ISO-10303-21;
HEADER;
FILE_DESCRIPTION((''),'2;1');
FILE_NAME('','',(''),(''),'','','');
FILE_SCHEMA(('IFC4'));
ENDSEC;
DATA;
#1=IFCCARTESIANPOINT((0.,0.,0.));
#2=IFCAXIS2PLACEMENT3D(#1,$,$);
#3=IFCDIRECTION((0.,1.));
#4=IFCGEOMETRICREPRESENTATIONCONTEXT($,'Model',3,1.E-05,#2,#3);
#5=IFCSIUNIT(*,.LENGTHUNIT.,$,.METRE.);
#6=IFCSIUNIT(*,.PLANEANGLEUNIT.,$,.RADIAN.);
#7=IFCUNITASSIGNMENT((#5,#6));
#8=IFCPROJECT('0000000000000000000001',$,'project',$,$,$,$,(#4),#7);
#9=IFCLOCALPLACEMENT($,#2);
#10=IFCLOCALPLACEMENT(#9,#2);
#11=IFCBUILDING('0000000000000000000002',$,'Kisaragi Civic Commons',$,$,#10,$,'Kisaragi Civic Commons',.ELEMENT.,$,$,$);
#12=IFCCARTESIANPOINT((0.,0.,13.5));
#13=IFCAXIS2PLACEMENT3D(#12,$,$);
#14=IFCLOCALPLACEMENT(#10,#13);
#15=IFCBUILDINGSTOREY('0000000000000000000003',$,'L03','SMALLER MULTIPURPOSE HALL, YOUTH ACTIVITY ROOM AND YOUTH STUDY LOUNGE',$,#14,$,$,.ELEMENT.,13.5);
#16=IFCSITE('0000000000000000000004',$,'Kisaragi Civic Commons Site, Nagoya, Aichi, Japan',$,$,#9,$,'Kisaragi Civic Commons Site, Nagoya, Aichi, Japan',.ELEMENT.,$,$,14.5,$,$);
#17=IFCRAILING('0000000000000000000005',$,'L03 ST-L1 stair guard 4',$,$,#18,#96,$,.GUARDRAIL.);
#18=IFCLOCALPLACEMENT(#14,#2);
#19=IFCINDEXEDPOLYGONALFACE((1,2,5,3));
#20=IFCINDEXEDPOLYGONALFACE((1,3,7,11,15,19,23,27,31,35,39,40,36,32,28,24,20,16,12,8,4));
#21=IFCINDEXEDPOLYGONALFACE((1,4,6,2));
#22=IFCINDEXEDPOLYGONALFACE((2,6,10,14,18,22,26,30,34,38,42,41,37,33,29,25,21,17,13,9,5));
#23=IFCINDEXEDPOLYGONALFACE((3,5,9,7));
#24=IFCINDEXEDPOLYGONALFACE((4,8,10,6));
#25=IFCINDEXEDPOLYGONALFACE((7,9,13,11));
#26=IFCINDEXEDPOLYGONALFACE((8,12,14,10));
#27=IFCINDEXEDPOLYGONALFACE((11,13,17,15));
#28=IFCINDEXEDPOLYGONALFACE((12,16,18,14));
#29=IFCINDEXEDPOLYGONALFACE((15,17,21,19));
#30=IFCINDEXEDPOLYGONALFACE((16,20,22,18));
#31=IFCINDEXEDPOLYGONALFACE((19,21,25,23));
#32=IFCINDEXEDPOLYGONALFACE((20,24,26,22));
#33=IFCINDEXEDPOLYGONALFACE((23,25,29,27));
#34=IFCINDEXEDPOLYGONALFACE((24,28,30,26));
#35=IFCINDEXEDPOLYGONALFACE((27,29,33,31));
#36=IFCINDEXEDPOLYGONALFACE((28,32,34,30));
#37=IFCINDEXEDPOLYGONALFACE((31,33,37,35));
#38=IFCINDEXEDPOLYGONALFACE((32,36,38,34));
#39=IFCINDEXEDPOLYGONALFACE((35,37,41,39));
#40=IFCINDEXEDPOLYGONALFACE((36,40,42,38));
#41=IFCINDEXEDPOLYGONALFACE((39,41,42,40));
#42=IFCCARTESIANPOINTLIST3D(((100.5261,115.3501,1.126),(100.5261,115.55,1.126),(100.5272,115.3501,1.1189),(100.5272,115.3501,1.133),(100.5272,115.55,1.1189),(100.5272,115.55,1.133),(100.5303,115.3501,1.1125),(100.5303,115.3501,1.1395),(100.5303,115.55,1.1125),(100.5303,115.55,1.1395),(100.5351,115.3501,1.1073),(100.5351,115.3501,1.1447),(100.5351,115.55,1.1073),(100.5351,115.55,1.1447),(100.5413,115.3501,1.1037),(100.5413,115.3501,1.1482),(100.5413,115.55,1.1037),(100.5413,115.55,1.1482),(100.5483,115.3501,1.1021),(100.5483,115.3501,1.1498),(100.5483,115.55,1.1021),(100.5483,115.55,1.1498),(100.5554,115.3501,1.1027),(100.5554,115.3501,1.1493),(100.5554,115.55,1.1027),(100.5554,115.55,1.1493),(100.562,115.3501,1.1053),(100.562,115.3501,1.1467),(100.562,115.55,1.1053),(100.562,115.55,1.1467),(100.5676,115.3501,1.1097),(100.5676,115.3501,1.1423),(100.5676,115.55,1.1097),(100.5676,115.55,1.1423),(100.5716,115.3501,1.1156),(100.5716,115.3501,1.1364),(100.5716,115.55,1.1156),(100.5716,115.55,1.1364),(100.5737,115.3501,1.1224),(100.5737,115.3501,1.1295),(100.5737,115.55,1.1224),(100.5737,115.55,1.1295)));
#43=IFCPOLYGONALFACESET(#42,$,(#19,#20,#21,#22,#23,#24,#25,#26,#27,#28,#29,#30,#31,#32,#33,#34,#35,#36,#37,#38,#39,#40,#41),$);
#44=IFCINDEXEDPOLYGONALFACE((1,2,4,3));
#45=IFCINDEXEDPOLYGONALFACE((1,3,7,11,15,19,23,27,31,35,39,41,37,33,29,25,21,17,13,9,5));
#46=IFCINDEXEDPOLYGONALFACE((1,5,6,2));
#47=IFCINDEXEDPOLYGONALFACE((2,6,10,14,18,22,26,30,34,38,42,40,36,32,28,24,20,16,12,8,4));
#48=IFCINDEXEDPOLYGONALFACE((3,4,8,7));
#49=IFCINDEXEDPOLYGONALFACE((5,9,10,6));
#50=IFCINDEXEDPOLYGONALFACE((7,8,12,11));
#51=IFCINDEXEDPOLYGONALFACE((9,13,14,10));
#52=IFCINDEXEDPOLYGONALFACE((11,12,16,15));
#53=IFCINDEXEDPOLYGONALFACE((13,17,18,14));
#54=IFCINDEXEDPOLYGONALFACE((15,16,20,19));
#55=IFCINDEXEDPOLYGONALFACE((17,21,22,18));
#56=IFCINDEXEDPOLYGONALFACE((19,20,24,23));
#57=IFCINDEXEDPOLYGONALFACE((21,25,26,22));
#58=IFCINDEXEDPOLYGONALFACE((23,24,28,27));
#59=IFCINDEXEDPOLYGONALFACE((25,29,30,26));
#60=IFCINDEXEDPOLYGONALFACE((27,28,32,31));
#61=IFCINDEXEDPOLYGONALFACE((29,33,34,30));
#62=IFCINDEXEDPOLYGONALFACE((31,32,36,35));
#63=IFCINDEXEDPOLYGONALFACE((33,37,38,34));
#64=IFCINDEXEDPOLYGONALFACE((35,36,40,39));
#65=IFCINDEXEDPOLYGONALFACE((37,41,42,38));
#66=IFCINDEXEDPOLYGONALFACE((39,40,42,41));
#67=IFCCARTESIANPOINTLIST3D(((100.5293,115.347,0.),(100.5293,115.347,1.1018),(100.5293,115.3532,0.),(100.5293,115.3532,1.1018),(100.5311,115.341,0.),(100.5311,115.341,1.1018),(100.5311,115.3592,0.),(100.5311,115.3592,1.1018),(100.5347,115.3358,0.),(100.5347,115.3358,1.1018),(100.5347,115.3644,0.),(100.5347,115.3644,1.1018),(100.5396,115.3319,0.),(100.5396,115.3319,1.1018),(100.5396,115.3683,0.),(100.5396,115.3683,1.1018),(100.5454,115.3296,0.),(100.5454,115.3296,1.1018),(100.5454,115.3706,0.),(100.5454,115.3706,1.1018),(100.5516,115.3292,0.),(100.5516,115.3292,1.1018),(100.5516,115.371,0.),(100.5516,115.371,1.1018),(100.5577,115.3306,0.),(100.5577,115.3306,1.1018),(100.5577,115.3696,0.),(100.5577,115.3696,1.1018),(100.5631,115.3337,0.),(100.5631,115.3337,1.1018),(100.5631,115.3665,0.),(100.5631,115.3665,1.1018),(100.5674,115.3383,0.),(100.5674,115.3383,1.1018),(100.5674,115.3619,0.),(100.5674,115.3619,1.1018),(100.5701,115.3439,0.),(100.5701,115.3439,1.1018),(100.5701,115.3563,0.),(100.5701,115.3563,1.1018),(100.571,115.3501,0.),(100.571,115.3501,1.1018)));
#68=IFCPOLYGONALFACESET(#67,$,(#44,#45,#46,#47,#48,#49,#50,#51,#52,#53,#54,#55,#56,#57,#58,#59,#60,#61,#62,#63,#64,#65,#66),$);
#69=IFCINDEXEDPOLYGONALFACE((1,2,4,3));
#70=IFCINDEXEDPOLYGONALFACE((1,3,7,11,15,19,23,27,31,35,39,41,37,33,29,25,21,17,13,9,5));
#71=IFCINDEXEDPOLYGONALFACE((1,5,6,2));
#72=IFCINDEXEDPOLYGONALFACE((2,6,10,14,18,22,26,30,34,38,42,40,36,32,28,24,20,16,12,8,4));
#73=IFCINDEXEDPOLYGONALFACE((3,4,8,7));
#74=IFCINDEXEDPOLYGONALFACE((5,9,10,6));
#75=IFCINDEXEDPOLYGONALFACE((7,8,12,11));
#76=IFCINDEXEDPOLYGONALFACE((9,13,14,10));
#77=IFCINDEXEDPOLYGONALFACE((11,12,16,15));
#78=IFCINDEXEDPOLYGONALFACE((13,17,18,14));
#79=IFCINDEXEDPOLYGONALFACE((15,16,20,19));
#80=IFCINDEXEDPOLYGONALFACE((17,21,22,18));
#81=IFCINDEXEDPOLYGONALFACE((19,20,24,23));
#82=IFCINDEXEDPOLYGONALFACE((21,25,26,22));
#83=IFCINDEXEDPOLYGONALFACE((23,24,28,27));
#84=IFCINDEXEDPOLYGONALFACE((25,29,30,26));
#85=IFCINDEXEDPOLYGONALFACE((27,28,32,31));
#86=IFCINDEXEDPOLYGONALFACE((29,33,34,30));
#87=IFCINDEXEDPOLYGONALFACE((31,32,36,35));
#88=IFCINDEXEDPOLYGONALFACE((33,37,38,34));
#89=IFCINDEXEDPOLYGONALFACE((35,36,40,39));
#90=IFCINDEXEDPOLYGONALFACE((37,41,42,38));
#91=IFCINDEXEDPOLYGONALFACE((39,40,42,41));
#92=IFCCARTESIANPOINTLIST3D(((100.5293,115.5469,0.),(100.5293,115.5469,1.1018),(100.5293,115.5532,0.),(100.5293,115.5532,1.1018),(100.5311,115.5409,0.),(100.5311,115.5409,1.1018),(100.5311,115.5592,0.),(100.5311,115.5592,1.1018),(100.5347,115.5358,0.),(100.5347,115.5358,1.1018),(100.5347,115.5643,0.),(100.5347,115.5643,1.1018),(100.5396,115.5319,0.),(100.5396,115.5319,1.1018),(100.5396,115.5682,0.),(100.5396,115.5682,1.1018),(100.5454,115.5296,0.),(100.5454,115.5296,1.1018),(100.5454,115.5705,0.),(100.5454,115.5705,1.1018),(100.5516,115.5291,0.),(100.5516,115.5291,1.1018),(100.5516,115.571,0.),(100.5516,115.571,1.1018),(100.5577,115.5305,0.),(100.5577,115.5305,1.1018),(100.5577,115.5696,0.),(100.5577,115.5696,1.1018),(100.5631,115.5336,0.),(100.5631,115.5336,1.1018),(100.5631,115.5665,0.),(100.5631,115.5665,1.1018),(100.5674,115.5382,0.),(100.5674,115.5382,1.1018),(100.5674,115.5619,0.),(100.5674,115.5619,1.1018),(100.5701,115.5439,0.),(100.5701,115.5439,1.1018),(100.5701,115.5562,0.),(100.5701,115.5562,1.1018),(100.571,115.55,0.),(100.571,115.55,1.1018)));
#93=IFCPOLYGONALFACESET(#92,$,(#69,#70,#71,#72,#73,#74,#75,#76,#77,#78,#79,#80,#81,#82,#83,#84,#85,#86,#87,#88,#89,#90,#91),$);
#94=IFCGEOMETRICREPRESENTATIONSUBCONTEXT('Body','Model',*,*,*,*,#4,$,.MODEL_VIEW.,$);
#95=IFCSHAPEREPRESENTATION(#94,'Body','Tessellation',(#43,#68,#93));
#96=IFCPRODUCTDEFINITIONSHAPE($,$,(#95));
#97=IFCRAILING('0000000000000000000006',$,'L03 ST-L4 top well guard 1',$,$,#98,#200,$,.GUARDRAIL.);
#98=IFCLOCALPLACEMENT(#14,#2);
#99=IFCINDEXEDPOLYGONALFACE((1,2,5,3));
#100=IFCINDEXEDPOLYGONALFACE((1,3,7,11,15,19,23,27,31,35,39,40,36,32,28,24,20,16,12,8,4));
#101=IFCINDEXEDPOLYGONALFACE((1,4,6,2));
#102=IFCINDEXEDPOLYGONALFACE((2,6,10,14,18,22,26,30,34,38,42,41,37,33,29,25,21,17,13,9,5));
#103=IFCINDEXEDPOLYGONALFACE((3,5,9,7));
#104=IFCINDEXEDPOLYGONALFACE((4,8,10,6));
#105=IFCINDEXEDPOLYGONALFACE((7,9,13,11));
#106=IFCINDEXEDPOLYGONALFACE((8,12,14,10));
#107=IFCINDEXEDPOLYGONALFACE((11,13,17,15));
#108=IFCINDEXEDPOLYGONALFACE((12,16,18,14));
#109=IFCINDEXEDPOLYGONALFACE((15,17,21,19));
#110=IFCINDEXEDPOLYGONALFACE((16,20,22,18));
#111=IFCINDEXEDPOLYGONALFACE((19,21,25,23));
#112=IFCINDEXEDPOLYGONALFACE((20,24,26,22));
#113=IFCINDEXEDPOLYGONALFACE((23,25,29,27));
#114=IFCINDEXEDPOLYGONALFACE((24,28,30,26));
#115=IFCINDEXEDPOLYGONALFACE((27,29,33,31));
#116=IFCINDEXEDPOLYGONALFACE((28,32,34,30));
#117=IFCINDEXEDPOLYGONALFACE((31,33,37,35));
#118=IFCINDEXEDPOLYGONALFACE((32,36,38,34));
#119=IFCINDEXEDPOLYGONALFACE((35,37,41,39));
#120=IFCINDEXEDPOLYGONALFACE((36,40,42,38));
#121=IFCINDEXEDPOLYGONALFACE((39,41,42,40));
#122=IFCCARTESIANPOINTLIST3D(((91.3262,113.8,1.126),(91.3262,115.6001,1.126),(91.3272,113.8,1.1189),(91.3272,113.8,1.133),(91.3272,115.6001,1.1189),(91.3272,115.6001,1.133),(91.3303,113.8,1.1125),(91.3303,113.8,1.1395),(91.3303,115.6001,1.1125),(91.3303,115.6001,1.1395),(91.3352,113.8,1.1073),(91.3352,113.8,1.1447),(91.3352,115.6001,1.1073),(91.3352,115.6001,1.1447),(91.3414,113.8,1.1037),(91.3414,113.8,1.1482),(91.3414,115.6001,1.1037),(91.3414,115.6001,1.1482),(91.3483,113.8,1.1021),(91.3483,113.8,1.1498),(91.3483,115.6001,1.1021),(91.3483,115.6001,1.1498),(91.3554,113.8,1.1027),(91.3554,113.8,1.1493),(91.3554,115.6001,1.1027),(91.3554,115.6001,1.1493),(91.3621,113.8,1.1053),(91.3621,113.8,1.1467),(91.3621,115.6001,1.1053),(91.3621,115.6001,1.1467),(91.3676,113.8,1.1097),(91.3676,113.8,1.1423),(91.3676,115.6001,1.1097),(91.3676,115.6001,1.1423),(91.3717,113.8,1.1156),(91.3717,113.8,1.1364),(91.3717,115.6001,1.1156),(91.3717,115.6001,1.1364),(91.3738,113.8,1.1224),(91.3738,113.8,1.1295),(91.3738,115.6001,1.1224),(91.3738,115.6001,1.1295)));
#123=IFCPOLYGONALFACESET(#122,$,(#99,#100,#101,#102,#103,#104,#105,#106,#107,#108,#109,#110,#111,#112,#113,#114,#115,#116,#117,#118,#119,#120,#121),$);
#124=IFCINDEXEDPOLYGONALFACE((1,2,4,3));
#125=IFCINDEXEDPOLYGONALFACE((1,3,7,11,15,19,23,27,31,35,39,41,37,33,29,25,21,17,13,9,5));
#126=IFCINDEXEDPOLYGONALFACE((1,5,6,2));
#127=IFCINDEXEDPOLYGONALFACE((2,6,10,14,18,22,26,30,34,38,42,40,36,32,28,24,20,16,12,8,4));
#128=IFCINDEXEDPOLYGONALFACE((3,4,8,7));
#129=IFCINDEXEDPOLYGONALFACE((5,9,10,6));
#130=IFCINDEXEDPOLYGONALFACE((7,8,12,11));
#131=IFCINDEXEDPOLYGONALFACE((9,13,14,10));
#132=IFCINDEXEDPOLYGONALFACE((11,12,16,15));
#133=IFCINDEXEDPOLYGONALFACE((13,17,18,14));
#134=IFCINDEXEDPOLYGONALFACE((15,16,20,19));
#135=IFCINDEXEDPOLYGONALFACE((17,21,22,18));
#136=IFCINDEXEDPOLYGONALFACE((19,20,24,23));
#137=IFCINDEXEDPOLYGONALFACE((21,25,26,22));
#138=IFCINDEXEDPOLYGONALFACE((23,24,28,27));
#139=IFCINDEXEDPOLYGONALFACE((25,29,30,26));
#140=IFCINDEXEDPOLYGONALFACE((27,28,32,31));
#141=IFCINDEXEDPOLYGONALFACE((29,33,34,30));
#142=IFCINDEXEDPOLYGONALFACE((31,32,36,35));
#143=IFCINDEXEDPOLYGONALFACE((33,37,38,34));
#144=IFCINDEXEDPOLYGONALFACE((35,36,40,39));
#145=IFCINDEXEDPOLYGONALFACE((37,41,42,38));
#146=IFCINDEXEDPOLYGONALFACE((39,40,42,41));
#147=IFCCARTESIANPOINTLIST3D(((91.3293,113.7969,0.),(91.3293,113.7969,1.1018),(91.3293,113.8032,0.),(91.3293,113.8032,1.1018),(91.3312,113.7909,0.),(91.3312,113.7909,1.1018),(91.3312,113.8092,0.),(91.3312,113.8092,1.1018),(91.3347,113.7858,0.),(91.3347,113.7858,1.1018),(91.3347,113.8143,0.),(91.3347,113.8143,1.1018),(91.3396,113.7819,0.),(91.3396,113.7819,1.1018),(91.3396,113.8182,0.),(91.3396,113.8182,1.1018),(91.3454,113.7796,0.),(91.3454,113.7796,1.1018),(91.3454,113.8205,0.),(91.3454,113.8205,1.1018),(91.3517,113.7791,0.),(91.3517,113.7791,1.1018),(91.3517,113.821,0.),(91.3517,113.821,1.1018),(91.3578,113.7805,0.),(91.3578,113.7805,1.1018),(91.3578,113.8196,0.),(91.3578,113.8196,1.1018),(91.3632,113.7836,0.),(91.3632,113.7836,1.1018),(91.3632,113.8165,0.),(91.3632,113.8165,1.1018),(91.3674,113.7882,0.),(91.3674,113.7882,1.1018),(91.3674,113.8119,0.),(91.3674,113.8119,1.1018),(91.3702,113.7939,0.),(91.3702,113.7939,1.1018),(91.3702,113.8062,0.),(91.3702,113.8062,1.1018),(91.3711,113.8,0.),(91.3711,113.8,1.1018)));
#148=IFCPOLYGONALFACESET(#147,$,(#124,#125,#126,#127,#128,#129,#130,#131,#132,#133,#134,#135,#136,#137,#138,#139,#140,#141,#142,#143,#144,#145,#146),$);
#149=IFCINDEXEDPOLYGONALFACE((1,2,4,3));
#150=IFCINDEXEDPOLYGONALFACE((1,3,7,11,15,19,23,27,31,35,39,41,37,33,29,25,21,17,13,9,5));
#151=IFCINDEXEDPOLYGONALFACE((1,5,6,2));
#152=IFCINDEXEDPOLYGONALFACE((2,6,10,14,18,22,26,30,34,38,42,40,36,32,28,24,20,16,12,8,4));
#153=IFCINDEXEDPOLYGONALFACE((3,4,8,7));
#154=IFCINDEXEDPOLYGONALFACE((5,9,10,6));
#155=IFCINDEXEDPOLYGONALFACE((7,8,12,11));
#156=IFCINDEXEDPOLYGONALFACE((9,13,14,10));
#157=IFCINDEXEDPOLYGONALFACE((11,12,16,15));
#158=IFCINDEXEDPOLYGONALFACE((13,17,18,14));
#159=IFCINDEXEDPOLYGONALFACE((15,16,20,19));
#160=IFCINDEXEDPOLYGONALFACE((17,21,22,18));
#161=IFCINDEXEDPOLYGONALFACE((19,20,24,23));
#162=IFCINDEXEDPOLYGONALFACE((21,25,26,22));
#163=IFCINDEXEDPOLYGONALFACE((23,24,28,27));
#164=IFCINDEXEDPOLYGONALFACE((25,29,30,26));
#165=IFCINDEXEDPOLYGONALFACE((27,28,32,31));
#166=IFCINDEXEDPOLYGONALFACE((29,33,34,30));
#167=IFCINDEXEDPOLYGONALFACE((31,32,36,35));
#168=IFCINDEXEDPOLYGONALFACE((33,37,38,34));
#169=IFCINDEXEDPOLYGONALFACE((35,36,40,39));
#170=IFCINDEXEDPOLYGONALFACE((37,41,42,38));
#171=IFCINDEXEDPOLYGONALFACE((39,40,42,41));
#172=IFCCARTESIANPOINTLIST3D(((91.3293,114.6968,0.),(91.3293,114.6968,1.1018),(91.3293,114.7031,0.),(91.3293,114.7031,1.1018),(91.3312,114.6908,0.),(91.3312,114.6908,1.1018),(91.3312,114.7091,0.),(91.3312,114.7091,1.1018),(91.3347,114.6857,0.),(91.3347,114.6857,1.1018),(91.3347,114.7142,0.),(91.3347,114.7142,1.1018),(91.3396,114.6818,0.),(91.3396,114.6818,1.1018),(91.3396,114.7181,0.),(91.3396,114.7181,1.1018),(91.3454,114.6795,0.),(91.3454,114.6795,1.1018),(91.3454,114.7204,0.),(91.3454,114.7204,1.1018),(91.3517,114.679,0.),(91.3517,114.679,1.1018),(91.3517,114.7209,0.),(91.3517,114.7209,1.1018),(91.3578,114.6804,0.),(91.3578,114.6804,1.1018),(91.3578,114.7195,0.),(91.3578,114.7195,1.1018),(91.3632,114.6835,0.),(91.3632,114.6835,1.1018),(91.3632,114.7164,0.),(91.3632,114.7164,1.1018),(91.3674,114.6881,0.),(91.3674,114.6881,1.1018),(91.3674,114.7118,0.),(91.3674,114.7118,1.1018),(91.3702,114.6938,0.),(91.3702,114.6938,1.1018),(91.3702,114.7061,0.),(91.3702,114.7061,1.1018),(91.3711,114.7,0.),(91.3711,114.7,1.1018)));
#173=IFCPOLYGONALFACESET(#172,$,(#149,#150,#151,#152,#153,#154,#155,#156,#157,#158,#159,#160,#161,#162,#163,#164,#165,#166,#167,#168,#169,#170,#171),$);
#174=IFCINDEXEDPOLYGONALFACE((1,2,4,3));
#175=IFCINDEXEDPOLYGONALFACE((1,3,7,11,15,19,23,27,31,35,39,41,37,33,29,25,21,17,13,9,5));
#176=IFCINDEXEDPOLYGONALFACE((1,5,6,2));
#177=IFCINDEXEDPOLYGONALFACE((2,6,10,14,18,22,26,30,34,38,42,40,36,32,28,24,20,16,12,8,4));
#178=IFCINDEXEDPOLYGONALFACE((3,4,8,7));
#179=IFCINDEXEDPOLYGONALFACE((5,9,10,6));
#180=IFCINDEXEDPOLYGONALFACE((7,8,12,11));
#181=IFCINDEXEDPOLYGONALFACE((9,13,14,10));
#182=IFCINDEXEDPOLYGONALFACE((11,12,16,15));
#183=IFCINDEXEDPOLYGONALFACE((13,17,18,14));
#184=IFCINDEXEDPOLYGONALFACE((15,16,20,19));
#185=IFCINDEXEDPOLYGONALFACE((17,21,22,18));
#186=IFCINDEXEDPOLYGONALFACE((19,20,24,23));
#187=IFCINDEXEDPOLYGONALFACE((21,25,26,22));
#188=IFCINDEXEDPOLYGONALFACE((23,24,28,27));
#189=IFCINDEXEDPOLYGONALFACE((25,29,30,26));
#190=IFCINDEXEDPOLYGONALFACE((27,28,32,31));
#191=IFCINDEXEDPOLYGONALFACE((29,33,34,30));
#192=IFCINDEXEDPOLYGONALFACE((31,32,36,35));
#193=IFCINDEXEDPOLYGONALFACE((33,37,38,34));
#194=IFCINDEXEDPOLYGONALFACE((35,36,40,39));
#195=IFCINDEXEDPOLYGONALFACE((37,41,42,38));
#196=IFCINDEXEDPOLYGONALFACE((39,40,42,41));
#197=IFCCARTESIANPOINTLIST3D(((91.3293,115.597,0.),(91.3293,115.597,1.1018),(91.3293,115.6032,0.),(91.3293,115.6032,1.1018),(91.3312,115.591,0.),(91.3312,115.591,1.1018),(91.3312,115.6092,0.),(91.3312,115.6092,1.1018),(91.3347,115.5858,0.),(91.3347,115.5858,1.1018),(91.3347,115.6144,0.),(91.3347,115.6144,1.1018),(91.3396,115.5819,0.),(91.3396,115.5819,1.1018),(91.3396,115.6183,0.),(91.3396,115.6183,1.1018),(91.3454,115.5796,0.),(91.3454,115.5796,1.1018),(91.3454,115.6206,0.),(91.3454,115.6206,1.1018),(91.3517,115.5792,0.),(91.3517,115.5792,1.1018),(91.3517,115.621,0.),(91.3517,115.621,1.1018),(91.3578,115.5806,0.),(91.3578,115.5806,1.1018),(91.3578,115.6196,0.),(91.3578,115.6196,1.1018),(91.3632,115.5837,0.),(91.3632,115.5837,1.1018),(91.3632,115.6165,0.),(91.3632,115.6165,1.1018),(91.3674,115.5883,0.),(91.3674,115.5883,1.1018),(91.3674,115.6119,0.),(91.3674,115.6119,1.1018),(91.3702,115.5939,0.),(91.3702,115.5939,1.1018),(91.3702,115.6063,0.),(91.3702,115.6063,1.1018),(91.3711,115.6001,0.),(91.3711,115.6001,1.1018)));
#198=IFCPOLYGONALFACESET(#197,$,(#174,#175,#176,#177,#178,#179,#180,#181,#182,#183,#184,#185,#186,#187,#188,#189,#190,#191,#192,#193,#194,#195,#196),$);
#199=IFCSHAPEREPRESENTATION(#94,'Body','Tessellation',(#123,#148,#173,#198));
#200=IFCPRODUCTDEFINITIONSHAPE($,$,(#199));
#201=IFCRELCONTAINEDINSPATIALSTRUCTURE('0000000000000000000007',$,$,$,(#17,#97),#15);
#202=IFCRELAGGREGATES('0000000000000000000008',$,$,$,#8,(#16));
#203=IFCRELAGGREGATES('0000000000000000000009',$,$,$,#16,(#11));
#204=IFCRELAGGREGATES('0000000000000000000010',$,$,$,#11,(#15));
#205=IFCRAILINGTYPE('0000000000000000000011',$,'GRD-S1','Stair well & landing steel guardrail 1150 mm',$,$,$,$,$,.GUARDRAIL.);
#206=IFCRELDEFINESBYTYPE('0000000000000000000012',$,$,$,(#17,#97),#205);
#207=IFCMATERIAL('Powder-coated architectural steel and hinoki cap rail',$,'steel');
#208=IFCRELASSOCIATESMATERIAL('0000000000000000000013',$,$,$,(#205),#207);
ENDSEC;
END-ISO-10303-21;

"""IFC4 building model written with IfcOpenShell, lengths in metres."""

from ifc_helpers import new_model, si_unit, direction, frame, origin, origin_2d, place, context, subcontext, project, spatial, circle, extrude, material, type_object, element, save


model = new_model("IFC4")

# Units and contexts
model_context = context("Model", 3, precision=1e-05, world=origin(), true_north=direction((0.0, 1.0)))
body_context = subcontext(model_context, "Body", "Model", "MODEL_VIEW")
ifc_project = project(units=[si_unit("LENGTHUNIT", "METRE"), si_unit("PLANEANGLEUNIT", "RADIAN")], contexts=[model_context])

# Site, building, storey
site_placement = place(None, origin())
site = spatial("IfcSite", under=ifc_project, at=site_placement, Name="Kisaragi Civic Commons Site, Nagoya, Aichi, Japan", LongName="Kisaragi Civic Commons Site, Nagoya, Aichi, Japan", CompositionType="ELEMENT", RefElevation=14.5)
building_placement = place(site_placement, origin())
building = spatial("IfcBuilding", under=site, at=building_placement, Name="Kisaragi Civic Commons", LongName="Kisaragi Civic Commons", CompositionType="ELEMENT")
storey_placement = place(building_placement, frame((0.0, 0.0, 13.5)))
storey = spatial("IfcBuildingStorey", under=building, at=storey_placement, Name="L03", Description="SMALLER MULTIPURPOSE HALL, YOUTH ACTIVITY ROOM AND YOUTH STUDY LOUNGE", CompositionType="ELEMENT", Elevation=13.5)

# Railings
ifc_material_1 = material(Name="Powder-coated architectural steel and hinoki cap rail", Category="steel")
railing_type_1 = type_object("IfcRailingType", Name="GRD-S1", Description="Stair well & landing steel guardrail 1150 mm", PredefinedType="GUARDRAIL", material=ifc_material_1)
railing_1_placement = place(storey_placement, frame((100.55, 115.3501, 0.0)))
element("IfcRailing", 1, at=railing_1_placement, inside=storey, type_object=railing_type_1, Name="L03 ST-L1 stair guard 4", PredefinedType="GUARDRAIL", context=body_context, shape_type="SweptSolid", body=[
    extrude(circle(Radius=0.0239, at=origin_2d()), frame((0.0, 0.0, 1.126), z_axis=(0.0, 1.0, 0.0), x_axis=(-1.0, 0.0, 0.0)), (0.0, 0.0, 1.0), 0.2),
    extrude(circle(Radius=0.021, at=origin_2d()), origin(), (0.0, 0.0, 1.0), 1.1018),
    extrude(circle(Radius=0.021, at=origin_2d()), frame((0.0, 0.2, 0.0)), (0.0, 0.0, 1.0), 1.1018),
])
railing_2_placement = place(storey_placement, frame((91.3501, 113.8, 0.0)))
element("IfcRailing", 2, at=railing_2_placement, inside=storey, type_object=railing_type_1, Name="L03 ST-L4 top well guard 1", PredefinedType="GUARDRAIL", context=body_context, shape_type="SweptSolid", body=[
    extrude(circle(Radius=0.0239, at=origin_2d()), frame((0.0, 0.0, 1.126), z_axis=(0.0, 1.0, 0.0), x_axis=(-1.0, 0.0, 0.0)), (0.0, 0.0, 1.0), 1.8),
    extrude(circle(Radius=0.021, at=origin_2d()), origin(), (0.0, 0.0, 1.0), 1.1018),
    extrude(circle(Radius=0.021, at=origin_2d()), frame((0.0, 0.8999, 0.0)), (0.0, 0.0, 1.0), 1.1018),
    extrude(circle(Radius=0.021, at=origin_2d()), frame((0.0, 1.8, 0.0)), (0.0, 0.0, 1.0), 1.1018),
])

save(model, "model.ifc")
